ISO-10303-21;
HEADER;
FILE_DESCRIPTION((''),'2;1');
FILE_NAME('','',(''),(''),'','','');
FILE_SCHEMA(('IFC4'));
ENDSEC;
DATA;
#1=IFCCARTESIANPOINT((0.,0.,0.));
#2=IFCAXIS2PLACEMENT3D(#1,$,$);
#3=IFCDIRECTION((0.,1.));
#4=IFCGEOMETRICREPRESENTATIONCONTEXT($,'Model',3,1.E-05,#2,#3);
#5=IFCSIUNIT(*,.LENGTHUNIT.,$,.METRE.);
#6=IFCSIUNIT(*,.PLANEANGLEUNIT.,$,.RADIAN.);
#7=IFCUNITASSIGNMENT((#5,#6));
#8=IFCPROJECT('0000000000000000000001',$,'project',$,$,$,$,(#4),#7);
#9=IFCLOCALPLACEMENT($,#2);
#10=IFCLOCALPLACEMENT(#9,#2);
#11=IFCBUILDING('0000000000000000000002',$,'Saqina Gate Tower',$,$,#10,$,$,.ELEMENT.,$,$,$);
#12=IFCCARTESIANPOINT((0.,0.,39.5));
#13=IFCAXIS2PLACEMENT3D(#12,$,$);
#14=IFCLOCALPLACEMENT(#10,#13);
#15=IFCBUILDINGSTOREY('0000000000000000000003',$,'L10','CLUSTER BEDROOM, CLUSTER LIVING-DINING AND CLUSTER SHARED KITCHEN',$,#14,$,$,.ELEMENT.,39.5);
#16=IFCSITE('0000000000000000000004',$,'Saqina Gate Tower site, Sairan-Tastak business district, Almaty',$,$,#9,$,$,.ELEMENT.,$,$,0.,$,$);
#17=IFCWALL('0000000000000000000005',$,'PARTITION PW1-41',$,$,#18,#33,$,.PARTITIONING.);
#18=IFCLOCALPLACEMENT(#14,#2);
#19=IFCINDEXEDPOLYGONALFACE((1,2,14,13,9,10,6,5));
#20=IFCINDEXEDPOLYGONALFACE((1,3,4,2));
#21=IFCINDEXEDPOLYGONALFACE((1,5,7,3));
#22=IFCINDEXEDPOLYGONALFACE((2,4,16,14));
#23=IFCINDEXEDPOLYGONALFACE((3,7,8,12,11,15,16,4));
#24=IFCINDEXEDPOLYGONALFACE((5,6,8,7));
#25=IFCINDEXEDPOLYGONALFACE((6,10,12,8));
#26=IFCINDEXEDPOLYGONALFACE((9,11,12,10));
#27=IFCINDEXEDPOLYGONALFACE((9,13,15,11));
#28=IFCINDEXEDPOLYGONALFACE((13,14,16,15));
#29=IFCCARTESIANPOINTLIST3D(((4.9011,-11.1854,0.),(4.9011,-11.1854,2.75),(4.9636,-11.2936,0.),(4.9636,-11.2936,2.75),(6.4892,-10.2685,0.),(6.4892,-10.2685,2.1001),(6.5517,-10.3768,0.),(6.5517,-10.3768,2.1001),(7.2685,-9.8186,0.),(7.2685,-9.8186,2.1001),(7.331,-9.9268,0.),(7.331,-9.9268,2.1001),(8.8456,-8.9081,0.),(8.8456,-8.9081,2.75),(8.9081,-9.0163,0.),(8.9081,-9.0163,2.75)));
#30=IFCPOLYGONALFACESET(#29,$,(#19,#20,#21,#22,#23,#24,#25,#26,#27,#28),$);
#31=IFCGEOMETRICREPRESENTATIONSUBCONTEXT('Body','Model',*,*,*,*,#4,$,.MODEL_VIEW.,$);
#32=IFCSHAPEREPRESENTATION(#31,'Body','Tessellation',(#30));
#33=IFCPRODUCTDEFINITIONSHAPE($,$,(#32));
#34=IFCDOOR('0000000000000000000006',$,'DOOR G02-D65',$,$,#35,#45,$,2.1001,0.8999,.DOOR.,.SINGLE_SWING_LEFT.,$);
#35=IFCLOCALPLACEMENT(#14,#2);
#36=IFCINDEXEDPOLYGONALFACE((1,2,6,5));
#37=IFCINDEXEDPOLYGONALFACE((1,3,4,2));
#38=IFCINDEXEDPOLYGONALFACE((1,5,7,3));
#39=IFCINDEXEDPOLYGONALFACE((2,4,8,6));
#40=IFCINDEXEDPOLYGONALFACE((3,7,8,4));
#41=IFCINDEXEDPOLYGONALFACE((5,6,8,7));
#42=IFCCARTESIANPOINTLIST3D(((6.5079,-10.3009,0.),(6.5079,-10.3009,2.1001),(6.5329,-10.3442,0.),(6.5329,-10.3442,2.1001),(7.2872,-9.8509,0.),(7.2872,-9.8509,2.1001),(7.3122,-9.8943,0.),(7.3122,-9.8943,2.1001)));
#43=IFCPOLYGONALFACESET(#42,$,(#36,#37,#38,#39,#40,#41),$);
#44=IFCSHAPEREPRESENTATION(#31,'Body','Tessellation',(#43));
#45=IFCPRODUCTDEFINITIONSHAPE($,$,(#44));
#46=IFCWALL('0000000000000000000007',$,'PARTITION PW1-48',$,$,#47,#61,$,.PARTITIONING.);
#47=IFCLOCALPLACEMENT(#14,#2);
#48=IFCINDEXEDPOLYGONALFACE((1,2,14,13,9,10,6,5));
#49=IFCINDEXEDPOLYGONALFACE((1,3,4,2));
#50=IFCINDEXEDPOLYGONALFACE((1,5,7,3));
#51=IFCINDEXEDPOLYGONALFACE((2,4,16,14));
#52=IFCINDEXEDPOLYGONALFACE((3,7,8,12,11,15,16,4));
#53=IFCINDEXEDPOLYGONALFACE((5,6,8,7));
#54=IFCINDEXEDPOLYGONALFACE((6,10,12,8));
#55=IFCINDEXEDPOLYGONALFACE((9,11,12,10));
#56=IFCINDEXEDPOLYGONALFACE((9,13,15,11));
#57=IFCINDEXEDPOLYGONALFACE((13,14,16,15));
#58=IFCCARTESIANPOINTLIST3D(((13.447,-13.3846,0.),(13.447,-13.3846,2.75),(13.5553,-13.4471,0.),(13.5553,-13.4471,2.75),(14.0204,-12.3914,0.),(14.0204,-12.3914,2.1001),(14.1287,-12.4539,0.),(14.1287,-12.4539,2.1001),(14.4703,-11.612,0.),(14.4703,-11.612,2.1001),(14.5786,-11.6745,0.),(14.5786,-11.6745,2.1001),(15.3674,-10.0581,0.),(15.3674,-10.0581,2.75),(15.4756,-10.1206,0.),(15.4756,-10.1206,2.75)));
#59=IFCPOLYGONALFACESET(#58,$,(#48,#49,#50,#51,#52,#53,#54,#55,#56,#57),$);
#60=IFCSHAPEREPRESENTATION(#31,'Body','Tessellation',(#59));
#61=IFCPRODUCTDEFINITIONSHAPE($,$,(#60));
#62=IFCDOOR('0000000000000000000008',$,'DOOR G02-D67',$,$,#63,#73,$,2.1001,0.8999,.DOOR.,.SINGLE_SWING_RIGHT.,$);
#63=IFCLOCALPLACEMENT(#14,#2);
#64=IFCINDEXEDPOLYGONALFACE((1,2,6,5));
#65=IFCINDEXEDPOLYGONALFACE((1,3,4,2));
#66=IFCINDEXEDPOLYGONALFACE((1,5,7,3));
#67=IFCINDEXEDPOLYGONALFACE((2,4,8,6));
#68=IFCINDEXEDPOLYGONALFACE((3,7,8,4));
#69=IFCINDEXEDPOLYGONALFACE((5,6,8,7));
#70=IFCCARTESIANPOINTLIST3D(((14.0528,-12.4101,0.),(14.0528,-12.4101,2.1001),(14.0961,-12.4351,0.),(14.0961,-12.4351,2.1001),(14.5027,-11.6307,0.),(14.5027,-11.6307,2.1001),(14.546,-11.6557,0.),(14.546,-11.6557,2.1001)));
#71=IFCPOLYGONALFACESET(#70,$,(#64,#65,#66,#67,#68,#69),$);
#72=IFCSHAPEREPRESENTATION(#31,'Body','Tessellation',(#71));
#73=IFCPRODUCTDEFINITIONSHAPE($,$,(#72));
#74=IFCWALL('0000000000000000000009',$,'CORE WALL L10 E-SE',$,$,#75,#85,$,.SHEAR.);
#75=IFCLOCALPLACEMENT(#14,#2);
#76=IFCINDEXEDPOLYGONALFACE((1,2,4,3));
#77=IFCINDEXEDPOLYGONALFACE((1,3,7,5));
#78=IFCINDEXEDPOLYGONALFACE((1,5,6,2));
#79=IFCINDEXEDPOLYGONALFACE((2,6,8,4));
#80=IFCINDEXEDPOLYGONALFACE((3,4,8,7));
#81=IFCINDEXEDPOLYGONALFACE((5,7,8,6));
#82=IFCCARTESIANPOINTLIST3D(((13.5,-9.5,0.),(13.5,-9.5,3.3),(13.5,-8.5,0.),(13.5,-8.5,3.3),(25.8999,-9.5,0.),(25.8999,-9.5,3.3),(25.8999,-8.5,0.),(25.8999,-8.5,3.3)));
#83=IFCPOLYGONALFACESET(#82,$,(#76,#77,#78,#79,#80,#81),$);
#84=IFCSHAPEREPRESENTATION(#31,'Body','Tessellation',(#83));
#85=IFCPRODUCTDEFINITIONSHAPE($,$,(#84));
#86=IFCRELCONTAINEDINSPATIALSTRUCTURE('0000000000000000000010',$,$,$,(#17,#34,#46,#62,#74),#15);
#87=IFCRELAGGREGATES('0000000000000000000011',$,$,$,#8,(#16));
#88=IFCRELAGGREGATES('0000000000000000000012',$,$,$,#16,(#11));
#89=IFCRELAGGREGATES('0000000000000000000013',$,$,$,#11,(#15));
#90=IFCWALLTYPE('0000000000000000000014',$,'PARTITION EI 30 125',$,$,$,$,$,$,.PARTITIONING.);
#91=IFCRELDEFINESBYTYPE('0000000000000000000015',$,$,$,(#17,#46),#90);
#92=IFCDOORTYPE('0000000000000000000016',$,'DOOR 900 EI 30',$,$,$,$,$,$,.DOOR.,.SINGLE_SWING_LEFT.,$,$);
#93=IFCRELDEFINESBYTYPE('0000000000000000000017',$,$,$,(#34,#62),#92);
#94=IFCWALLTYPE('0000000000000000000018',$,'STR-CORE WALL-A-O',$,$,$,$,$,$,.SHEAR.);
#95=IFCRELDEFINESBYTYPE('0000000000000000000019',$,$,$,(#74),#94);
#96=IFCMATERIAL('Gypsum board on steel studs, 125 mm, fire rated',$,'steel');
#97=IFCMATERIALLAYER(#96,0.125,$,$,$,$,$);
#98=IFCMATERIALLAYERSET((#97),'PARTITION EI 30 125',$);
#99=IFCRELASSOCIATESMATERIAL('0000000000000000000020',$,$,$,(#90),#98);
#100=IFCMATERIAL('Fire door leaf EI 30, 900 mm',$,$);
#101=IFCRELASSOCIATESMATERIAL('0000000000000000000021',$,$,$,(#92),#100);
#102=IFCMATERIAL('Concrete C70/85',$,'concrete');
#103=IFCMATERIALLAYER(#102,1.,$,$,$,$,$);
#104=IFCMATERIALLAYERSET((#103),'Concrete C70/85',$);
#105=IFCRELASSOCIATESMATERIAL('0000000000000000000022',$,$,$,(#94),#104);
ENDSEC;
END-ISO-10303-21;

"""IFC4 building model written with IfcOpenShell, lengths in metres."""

from ifc_helpers import new_model, si_unit, direction, frame, frame_2d, origin, place, context, subcontext, project, spatial, rectangle, extrude, material, layer, layer_set, type_object, element, fill, save


model = new_model("IFC4")

# Units and contexts
model_context = context("Model", 3, precision=1e-05, world=origin(), true_north=direction((0.0, 1.0)))
body_context = subcontext(model_context, "Body", "Model", "MODEL_VIEW")
ifc_project = project(units=[si_unit("LENGTHUNIT", "METRE"), si_unit("PLANEANGLEUNIT", "RADIAN")], contexts=[model_context])

# Site, building, storey
site_placement = place(None, origin())
site = spatial("IfcSite", under=ifc_project, at=site_placement, Name="Saqina Gate Tower site, Sairan-Tastak business district, Almaty", CompositionType="ELEMENT", RefElevation=0.0)
building_placement = place(site_placement, origin())
building = spatial("IfcBuilding", under=site, at=building_placement, Name="Saqina Gate Tower", CompositionType="ELEMENT")
storey_placement = place(building_placement, frame((0.0, 0.0, 39.5)))
storey = spatial("IfcBuildingStorey", under=building, at=storey_placement, Name="L10", Description="CLUSTER BEDROOM, CLUSTER LIVING-DINING AND CLUSTER SHARED KITCHEN", CompositionType="ELEMENT", Elevation=39.5)

# Shared definitions
ifc_material_1 = material(Name="Gypsum board on steel studs, 125 mm, fire rated", Category="steel")
ifc_layer_1 = layer(ifc_material_1, 0.125)
ifc_layer_set_1 = layer_set([ifc_layer_1], Name="PARTITION EI 30 125")
wall_type_1 = type_object("IfcWallType", Name="PARTITION EI 30 125", PredefinedType="PARTITIONING", material=ifc_layer_set_1)

# Walls, openings, doors
wall_1_placement = place(storey_placement, frame((4.9324, -11.2395, 0.0), z_axis=(0.0, 0.0, 1.0), x_axis=(0.866031, 0.49999, 0.0)))
wall_1 = element("IfcWall", 1, at=wall_1_placement, inside=storey, type_object=wall_type_1, Name="PARTITION PW1-41", PredefinedType="PARTITIONING", context=body_context, shape_type="SweptSolid", body=[
    extrude(rectangle(XDim=4.5547, YDim=0.125, at=frame_2d((2.2773, 0.0))), origin(), (0.0, 0.0, 1.0), 2.75),
])
opening_1_placement = place(wall_1_placement, frame((1.8337, 0.0, 0.0)))
opening_1 = element("IfcOpeningElement", 2, at=opening_1_placement, cuts=wall_1, PredefinedType="OPENING", context=body_context, shape_type="SweptSolid", body=[
    extrude(rectangle(XDim=0.8999, YDim=2.1001, at=frame_2d((0.45, 1.05))), frame((0.0, 0.0745, 0.0), z_axis=(0.0, -1.0, 0.0), x_axis=(1.0, 0.0, 0.0)), (0.0, 0.0, 1.0), 0.1489),
])
ifc_material_2 = material(Name="Fire door leaf EI 30, 900 mm")
door_type_1 = type_object("IfcDoorType", Name="DOOR 900 EI 30", OperationType="SINGLE_SWING_LEFT", PredefinedType="DOOR", material=ifc_material_2)
door_1_placement = place(opening_1_placement, frame((0.8999, 0.0, 0.0), z_axis=(0.0, 0.0, 1.0), x_axis=(-1.0, 0.0, 0.0)))
door_1 = element("IfcDoor", 3, at=door_1_placement, inside=storey, type_object=door_type_1, Name="DOOR G02-D65", OperationType="SINGLE_SWING_LEFT", OverallHeight=2.1001, OverallWidth=0.8999, PredefinedType="DOOR", context=body_context, shape_type="SweptSolid", body=[
    extrude(rectangle(XDim=0.8999, YDim=2.1001, at=frame_2d((0.45, 1.05))), frame((0.0, 0.0249, 0.0), z_axis=(0.0, -1.0, 0.0), x_axis=(1.0, 0.0, 0.0)), (0.0, 0.0, 1.0), 0.05),
])
fill(opening_1, door_1)
wall_2_placement = place(storey_placement, frame((13.5012, -13.4158, 0.0), z_axis=(0.0, 0.0, 1.0), x_axis=(0.499954, 0.866052, 0.0)))
wall_2 = element("IfcWall", 4, at=wall_2_placement, inside=storey, type_object=wall_type_1, Name="PARTITION PW1-48", PredefinedType="PARTITIONING", context=body_context, shape_type="SweptSolid", body=[
    extrude(rectangle(XDim=3.8411, YDim=0.125, at=frame_2d((1.9204, 0.0))), origin(), (0.0, 0.0, 1.0), 2.75),
])
opening_2_placement = place(wall_2_placement, frame((1.1467, 0.0, 0.0)))
opening_2 = element("IfcOpeningElement", 5, at=opening_2_placement, cuts=wall_2, PredefinedType="OPENING", context=body_context, shape_type="SweptSolid", body=[
    extrude(rectangle(XDim=0.8999, YDim=2.1001, at=frame_2d((0.45, 1.05))), frame((0.0, 0.0745, 0.0), z_axis=(0.0, -1.0, 0.0), x_axis=(1.0, 0.0, 0.0)), (0.0, 0.0, 1.0), 0.1489),
])
door_2_placement = place(opening_2_placement, frame((0.8999, 0.0, 0.0), z_axis=(0.0, 0.0, 1.0), x_axis=(-1.0, 0.0, 0.0)))
door_2 = element("IfcDoor", 6, at=door_2_placement, inside=storey, type_object=door_type_1, Name="DOOR G02-D67", OperationType="SINGLE_SWING_RIGHT", OverallHeight=2.1001, OverallWidth=0.8999, PredefinedType="DOOR", context=body_context, shape_type="SweptSolid", body=[
    extrude(rectangle(XDim=0.8999, YDim=2.1001, at=frame_2d((0.45, 1.05))), frame((0.0, 0.0249, 0.0), z_axis=(0.0, -1.0, 0.0), x_axis=(1.0, 0.0, 0.0)), (0.0, 0.0, 1.0), 0.05),
])
fill(opening_2, door_2)

# Shared definitions
ifc_material_3 = material(Name="Concrete C70/85", Category="concrete")
ifc_layer_2 = layer(ifc_material_3, 1.0)
ifc_layer_set_2 = layer_set([ifc_layer_2], Name="Concrete C70/85")
wall_type_2 = type_object("IfcWallType", Name="STR-CORE WALL-A-O", PredefinedType="SHEAR", material=ifc_layer_set_2)

# Wall
wall_3_placement = place(storey_placement, frame((13.5, -9.0, 0.0), z_axis=(0.0, 0.0, 1.0), x_axis=(1.0, 0.0, 0.0)))
element("IfcWall", 7, at=wall_3_placement, inside=storey, type_object=wall_type_2, Name="CORE WALL L10 E-SE", PredefinedType="SHEAR", context=body_context, shape_type="SweptSolid", body=[
    extrude(rectangle(XDim=12.3999, YDim=1.0, at=frame_2d((6.2, 0.0))), origin(), (0.0, 0.0, 1.0), 3.3),
])

save(model, "model.ifc")
